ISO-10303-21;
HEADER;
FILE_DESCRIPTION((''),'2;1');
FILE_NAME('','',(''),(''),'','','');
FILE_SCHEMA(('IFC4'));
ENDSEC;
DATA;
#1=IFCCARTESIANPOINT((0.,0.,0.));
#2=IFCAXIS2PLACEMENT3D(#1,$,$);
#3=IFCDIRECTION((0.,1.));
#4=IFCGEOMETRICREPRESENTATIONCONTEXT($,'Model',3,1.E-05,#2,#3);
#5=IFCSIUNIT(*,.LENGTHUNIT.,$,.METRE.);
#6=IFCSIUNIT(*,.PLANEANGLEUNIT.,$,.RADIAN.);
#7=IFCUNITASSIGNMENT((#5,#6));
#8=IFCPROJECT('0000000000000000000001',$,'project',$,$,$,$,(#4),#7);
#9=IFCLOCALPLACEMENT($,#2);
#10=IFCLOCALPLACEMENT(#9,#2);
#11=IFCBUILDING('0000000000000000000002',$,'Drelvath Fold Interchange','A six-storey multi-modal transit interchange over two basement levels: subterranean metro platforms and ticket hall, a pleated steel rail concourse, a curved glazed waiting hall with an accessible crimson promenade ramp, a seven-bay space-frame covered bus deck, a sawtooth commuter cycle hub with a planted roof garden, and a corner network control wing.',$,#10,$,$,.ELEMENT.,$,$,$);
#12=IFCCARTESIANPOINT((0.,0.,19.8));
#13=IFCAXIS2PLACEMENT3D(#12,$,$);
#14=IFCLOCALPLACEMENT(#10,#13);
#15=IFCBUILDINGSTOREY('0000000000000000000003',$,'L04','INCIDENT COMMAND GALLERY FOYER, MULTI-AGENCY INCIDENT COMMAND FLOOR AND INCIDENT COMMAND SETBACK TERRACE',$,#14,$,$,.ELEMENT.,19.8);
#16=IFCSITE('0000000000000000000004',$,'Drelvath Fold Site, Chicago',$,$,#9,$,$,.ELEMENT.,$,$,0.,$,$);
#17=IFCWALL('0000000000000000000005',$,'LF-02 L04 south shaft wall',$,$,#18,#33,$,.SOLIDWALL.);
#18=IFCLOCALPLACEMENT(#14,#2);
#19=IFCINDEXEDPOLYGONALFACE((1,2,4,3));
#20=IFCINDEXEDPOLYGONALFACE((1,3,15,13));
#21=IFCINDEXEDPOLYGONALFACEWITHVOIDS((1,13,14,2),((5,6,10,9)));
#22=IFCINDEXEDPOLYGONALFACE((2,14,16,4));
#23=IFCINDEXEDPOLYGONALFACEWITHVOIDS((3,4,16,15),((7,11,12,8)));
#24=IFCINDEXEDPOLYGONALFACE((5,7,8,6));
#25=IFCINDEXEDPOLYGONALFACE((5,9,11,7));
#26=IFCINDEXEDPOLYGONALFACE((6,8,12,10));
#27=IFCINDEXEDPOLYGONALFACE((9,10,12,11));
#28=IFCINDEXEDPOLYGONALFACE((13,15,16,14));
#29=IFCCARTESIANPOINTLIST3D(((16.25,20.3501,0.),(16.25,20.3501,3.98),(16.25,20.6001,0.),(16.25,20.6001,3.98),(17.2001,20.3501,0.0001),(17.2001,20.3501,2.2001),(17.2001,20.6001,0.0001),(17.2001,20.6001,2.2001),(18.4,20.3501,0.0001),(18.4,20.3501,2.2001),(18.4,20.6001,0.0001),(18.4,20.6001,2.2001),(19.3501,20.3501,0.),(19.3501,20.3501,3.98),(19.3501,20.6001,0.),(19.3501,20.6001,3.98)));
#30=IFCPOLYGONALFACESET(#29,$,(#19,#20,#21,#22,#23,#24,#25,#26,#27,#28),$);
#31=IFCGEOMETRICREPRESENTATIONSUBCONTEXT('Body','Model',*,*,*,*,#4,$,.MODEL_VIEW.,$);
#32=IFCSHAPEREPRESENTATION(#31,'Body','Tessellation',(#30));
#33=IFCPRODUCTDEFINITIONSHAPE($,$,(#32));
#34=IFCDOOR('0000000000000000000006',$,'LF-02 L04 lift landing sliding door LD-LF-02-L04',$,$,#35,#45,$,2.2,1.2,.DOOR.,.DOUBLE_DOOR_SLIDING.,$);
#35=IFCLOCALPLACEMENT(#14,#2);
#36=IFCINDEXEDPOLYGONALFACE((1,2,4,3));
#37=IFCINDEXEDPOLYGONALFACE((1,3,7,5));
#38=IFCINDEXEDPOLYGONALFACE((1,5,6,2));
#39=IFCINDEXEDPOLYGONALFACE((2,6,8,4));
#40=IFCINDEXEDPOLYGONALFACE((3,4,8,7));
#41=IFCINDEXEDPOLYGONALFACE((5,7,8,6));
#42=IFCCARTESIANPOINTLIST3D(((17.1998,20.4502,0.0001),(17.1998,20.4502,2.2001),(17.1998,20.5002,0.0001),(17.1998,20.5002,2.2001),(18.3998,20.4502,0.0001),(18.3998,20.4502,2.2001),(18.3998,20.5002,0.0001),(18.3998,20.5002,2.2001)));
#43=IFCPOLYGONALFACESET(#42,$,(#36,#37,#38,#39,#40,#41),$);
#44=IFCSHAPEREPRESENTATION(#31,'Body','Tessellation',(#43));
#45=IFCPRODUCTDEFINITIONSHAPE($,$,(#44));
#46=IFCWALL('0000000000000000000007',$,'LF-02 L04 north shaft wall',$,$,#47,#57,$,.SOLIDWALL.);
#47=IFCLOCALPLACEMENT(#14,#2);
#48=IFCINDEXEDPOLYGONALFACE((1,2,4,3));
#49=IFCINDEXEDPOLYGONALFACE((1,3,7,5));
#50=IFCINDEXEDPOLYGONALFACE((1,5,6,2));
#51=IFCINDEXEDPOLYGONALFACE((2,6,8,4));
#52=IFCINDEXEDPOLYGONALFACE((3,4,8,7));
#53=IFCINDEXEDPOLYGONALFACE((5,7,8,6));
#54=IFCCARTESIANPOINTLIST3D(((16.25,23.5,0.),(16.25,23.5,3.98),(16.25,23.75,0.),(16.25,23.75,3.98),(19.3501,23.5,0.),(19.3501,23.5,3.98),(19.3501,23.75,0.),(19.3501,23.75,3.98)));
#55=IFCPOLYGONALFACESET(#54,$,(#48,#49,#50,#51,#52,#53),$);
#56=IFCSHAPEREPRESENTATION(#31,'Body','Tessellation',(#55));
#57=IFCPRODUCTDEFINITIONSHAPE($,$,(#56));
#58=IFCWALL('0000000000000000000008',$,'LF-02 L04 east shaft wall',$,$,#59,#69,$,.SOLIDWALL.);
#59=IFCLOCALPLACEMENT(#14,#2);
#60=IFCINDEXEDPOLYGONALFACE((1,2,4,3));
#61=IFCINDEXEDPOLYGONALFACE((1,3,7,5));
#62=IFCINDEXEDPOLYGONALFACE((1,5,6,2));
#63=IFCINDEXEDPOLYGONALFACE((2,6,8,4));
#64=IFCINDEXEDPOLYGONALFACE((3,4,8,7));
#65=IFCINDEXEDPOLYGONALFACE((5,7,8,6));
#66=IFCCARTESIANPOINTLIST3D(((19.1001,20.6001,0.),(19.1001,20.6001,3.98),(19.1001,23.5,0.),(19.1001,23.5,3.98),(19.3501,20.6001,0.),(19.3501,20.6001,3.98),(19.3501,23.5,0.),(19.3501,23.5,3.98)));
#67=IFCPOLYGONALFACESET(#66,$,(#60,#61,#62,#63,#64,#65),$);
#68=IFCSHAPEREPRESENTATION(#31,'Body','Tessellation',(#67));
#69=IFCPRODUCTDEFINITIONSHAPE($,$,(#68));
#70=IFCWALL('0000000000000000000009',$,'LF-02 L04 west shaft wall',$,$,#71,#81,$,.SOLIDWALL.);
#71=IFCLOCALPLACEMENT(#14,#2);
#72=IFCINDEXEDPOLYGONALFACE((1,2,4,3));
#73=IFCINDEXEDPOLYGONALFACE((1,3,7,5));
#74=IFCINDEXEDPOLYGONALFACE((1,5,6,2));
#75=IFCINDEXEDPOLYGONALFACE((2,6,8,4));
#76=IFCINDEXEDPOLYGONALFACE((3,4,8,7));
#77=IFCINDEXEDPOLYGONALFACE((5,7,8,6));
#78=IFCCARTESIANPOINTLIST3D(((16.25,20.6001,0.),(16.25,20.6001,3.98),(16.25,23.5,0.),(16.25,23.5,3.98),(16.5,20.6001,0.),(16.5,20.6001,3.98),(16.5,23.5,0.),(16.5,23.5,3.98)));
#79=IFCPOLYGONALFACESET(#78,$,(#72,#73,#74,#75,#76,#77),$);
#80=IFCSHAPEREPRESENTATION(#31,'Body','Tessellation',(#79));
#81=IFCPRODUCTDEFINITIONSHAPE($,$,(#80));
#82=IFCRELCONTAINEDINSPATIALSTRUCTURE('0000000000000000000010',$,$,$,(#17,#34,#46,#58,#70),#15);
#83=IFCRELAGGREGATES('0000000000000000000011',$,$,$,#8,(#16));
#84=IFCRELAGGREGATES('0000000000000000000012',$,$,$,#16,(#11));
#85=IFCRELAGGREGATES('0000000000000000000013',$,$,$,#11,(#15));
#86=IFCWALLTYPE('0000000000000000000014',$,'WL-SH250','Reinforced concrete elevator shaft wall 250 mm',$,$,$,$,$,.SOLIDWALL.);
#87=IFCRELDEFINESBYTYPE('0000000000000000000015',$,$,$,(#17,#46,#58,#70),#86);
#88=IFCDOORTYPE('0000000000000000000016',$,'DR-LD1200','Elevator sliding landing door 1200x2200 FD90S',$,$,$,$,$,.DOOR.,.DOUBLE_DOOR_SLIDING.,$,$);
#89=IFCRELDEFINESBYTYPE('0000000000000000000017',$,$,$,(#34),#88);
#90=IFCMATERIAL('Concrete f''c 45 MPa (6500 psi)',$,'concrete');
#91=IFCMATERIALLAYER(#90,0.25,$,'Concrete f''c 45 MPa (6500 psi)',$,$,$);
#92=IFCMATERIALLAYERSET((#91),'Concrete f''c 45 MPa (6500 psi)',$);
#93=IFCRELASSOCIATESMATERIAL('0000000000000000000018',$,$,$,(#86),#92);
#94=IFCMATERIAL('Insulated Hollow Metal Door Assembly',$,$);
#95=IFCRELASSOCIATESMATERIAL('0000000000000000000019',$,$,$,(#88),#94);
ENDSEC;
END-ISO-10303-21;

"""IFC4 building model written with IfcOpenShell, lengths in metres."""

from ifc_helpers import new_model, si_unit, direction, frame, frame_2d, origin, place, context, subcontext, project, spatial, rectangle, extrude, material, layer, layer_set, type_object, element, fill, save


model = new_model("IFC4")

# Units and contexts
model_context = context("Model", 3, precision=1e-05, world=origin(), true_north=direction((0.0, 1.0)))
body_context = subcontext(model_context, "Body", "Model", "MODEL_VIEW")
ifc_project = project(units=[si_unit("LENGTHUNIT", "METRE"), si_unit("PLANEANGLEUNIT", "RADIAN")], contexts=[model_context])

# Site, building, storey
site_placement = place(None, origin())
site = spatial("IfcSite", under=ifc_project, at=site_placement, Name="Drelvath Fold Site, Chicago", CompositionType="ELEMENT", RefElevation=0.0)
building_placement = place(site_placement, origin())
building = spatial("IfcBuilding", under=site, at=building_placement, Name="Drelvath Fold Interchange", Description="A six-storey multi-modal transit interchange over two basement levels: subterranean metro platforms and ticket hall, a pleated steel rail concourse, a curved glazed waiting hall with an accessible crimson promenade ramp, a seven-bay space-frame covered bus deck, a sawtooth commuter cycle hub with a planted roof garden, and a corner network control wing.", CompositionType="ELEMENT")
storey_placement = place(building_placement, frame((0.0, 0.0, 19.8)))
storey = spatial("IfcBuildingStorey", under=building, at=storey_placement, Name="L04", Description="INCIDENT COMMAND GALLERY FOYER, MULTI-AGENCY INCIDENT COMMAND FLOOR AND INCIDENT COMMAND SETBACK TERRACE", CompositionType="ELEMENT", Elevation=19.8)

# Shared definitions
ifc_material_1 = material(Name="Concrete f'c 45 MPa (6500 psi)", Category="concrete")
ifc_layer_1 = layer(ifc_material_1, 0.25, Name="Concrete f'c 45 MPa (6500 psi)")
ifc_layer_set_1 = layer_set([ifc_layer_1], Name="Concrete f'c 45 MPa (6500 psi)")
wall_type_1 = type_object("IfcWallType", Name="WL-SH250", Description="Reinforced concrete elevator shaft wall 250 mm", PredefinedType="SOLIDWALL", material=ifc_layer_set_1)
ifc_material_2 = material(Name="Insulated Hollow Metal Door Assembly")
door_type_1 = type_object("IfcDoorType", Name="DR-LD1200", Description="Elevator sliding landing door 1200x2200 FD90S", OperationType="DOUBLE_DOOR_SLIDING", PredefinedType="DOOR", material=ifc_material_2)

# Wall, opening, door
wall_1_placement = place(storey_placement, frame((16.25, 20.4751, 0.0), z_axis=(0.0, 0.0, 1.0), x_axis=(1.0, 0.0, 0.0)))
wall_1 = element("IfcWall", 1, at=wall_1_placement, inside=storey, type_object=wall_type_1, Name="LF-02 L04 south shaft wall", PredefinedType="SOLIDWALL", context=body_context, shape_type="SweptSolid", body=[
    extrude(rectangle(XDim=3.1001, YDim=0.25, at=frame_2d((1.55, 0.0))), origin(), (0.0, 0.0, 1.0), 3.98),
])
opening_1_placement = place(wall_1_placement, frame((0.95, 0.0, 0.0)))
opening_1 = element("IfcOpeningElement", 2, at=opening_1_placement, cuts=wall_1, PredefinedType="OPENING", context=body_context, shape_type="SweptSolid", body=[
    extrude(rectangle(XDim=1.2, YDim=2.2, at=frame_2d((0.6001, 1.1001))), frame((0.0, 0.135, 0.0), z_axis=(0.0, -1.0, 0.0), x_axis=(1.0, 0.0, 0.0)), (0.0, 0.0, 1.0), 0.27),
])
door_1_placement = place(opening_1_placement, frame((1.2, 0.0, 0.0), z_axis=(0.0, 0.0, 1.0), x_axis=(-1.0, 0.0, 0.0)))
door_1 = element("IfcDoor", 3, at=door_1_placement, inside=storey, type_object=door_type_1, Name="LF-02 L04 lift landing sliding door LD-LF-02-L04", OperationType="DOUBLE_DOOR_SLIDING", OverallHeight=2.2, OverallWidth=1.2, PredefinedType="DOOR", context=body_context, shape_type="SweptSolid", body=[
    extrude(rectangle(XDim=1.2, YDim=2.2, at=frame_2d((0.6001, 1.1001))), frame((0.0, 0.0249, 0.0), z_axis=(0.0, -1.0, 0.0), x_axis=(1.0, 0.0, 0.0)), (0.0, 0.0, 1.0), 0.05),
])
fill(opening_1, door_1)

# Walls
wall_2_placement = place(storey_placement, frame((19.3501, 23.625, 0.0), z_axis=(0.0, 0.0, 1.0), x_axis=(-1.0, 0.0, 0.0)))
element("IfcWall", 4, at=wall_2_placement, inside=storey, type_object=wall_type_1, Name="LF-02 L04 north shaft wall", PredefinedType="SOLIDWALL", context=body_context, shape_type="SweptSolid", body=[
    extrude(rectangle(XDim=3.1001, YDim=0.25, at=frame_2d((1.55, 0.0))), origin(), (0.0, 0.0, 1.0), 3.98),
])
for number, where, z_axis, x_axis, name in (
    (5, (19.2251, 20.6001, 0.0), (0.0, 0.0, 1.0), (0.0, 1.0, 0.0), "LF-02 L04 east shaft wall"),
    (6, (16.375, 23.5, 0.0), (0.0, 0.0, 1.0), (0.0, -1.0, 0.0), "LF-02 L04 west shaft wall"),
):
    element("IfcWall", number, at=place(storey_placement, frame(where, z_axis=z_axis, x_axis=x_axis)), inside=storey, type_object=wall_type_1, Name=name, PredefinedType="SOLIDWALL", context=body_context, shape_type="SweptSolid", body=[
        extrude(rectangle(XDim=2.8999, YDim=0.25, at=frame_2d((1.45, 0.0))), origin(), (0.0, 0.0, 1.0), 3.98),
    ])

save(model, "model.ifc")
